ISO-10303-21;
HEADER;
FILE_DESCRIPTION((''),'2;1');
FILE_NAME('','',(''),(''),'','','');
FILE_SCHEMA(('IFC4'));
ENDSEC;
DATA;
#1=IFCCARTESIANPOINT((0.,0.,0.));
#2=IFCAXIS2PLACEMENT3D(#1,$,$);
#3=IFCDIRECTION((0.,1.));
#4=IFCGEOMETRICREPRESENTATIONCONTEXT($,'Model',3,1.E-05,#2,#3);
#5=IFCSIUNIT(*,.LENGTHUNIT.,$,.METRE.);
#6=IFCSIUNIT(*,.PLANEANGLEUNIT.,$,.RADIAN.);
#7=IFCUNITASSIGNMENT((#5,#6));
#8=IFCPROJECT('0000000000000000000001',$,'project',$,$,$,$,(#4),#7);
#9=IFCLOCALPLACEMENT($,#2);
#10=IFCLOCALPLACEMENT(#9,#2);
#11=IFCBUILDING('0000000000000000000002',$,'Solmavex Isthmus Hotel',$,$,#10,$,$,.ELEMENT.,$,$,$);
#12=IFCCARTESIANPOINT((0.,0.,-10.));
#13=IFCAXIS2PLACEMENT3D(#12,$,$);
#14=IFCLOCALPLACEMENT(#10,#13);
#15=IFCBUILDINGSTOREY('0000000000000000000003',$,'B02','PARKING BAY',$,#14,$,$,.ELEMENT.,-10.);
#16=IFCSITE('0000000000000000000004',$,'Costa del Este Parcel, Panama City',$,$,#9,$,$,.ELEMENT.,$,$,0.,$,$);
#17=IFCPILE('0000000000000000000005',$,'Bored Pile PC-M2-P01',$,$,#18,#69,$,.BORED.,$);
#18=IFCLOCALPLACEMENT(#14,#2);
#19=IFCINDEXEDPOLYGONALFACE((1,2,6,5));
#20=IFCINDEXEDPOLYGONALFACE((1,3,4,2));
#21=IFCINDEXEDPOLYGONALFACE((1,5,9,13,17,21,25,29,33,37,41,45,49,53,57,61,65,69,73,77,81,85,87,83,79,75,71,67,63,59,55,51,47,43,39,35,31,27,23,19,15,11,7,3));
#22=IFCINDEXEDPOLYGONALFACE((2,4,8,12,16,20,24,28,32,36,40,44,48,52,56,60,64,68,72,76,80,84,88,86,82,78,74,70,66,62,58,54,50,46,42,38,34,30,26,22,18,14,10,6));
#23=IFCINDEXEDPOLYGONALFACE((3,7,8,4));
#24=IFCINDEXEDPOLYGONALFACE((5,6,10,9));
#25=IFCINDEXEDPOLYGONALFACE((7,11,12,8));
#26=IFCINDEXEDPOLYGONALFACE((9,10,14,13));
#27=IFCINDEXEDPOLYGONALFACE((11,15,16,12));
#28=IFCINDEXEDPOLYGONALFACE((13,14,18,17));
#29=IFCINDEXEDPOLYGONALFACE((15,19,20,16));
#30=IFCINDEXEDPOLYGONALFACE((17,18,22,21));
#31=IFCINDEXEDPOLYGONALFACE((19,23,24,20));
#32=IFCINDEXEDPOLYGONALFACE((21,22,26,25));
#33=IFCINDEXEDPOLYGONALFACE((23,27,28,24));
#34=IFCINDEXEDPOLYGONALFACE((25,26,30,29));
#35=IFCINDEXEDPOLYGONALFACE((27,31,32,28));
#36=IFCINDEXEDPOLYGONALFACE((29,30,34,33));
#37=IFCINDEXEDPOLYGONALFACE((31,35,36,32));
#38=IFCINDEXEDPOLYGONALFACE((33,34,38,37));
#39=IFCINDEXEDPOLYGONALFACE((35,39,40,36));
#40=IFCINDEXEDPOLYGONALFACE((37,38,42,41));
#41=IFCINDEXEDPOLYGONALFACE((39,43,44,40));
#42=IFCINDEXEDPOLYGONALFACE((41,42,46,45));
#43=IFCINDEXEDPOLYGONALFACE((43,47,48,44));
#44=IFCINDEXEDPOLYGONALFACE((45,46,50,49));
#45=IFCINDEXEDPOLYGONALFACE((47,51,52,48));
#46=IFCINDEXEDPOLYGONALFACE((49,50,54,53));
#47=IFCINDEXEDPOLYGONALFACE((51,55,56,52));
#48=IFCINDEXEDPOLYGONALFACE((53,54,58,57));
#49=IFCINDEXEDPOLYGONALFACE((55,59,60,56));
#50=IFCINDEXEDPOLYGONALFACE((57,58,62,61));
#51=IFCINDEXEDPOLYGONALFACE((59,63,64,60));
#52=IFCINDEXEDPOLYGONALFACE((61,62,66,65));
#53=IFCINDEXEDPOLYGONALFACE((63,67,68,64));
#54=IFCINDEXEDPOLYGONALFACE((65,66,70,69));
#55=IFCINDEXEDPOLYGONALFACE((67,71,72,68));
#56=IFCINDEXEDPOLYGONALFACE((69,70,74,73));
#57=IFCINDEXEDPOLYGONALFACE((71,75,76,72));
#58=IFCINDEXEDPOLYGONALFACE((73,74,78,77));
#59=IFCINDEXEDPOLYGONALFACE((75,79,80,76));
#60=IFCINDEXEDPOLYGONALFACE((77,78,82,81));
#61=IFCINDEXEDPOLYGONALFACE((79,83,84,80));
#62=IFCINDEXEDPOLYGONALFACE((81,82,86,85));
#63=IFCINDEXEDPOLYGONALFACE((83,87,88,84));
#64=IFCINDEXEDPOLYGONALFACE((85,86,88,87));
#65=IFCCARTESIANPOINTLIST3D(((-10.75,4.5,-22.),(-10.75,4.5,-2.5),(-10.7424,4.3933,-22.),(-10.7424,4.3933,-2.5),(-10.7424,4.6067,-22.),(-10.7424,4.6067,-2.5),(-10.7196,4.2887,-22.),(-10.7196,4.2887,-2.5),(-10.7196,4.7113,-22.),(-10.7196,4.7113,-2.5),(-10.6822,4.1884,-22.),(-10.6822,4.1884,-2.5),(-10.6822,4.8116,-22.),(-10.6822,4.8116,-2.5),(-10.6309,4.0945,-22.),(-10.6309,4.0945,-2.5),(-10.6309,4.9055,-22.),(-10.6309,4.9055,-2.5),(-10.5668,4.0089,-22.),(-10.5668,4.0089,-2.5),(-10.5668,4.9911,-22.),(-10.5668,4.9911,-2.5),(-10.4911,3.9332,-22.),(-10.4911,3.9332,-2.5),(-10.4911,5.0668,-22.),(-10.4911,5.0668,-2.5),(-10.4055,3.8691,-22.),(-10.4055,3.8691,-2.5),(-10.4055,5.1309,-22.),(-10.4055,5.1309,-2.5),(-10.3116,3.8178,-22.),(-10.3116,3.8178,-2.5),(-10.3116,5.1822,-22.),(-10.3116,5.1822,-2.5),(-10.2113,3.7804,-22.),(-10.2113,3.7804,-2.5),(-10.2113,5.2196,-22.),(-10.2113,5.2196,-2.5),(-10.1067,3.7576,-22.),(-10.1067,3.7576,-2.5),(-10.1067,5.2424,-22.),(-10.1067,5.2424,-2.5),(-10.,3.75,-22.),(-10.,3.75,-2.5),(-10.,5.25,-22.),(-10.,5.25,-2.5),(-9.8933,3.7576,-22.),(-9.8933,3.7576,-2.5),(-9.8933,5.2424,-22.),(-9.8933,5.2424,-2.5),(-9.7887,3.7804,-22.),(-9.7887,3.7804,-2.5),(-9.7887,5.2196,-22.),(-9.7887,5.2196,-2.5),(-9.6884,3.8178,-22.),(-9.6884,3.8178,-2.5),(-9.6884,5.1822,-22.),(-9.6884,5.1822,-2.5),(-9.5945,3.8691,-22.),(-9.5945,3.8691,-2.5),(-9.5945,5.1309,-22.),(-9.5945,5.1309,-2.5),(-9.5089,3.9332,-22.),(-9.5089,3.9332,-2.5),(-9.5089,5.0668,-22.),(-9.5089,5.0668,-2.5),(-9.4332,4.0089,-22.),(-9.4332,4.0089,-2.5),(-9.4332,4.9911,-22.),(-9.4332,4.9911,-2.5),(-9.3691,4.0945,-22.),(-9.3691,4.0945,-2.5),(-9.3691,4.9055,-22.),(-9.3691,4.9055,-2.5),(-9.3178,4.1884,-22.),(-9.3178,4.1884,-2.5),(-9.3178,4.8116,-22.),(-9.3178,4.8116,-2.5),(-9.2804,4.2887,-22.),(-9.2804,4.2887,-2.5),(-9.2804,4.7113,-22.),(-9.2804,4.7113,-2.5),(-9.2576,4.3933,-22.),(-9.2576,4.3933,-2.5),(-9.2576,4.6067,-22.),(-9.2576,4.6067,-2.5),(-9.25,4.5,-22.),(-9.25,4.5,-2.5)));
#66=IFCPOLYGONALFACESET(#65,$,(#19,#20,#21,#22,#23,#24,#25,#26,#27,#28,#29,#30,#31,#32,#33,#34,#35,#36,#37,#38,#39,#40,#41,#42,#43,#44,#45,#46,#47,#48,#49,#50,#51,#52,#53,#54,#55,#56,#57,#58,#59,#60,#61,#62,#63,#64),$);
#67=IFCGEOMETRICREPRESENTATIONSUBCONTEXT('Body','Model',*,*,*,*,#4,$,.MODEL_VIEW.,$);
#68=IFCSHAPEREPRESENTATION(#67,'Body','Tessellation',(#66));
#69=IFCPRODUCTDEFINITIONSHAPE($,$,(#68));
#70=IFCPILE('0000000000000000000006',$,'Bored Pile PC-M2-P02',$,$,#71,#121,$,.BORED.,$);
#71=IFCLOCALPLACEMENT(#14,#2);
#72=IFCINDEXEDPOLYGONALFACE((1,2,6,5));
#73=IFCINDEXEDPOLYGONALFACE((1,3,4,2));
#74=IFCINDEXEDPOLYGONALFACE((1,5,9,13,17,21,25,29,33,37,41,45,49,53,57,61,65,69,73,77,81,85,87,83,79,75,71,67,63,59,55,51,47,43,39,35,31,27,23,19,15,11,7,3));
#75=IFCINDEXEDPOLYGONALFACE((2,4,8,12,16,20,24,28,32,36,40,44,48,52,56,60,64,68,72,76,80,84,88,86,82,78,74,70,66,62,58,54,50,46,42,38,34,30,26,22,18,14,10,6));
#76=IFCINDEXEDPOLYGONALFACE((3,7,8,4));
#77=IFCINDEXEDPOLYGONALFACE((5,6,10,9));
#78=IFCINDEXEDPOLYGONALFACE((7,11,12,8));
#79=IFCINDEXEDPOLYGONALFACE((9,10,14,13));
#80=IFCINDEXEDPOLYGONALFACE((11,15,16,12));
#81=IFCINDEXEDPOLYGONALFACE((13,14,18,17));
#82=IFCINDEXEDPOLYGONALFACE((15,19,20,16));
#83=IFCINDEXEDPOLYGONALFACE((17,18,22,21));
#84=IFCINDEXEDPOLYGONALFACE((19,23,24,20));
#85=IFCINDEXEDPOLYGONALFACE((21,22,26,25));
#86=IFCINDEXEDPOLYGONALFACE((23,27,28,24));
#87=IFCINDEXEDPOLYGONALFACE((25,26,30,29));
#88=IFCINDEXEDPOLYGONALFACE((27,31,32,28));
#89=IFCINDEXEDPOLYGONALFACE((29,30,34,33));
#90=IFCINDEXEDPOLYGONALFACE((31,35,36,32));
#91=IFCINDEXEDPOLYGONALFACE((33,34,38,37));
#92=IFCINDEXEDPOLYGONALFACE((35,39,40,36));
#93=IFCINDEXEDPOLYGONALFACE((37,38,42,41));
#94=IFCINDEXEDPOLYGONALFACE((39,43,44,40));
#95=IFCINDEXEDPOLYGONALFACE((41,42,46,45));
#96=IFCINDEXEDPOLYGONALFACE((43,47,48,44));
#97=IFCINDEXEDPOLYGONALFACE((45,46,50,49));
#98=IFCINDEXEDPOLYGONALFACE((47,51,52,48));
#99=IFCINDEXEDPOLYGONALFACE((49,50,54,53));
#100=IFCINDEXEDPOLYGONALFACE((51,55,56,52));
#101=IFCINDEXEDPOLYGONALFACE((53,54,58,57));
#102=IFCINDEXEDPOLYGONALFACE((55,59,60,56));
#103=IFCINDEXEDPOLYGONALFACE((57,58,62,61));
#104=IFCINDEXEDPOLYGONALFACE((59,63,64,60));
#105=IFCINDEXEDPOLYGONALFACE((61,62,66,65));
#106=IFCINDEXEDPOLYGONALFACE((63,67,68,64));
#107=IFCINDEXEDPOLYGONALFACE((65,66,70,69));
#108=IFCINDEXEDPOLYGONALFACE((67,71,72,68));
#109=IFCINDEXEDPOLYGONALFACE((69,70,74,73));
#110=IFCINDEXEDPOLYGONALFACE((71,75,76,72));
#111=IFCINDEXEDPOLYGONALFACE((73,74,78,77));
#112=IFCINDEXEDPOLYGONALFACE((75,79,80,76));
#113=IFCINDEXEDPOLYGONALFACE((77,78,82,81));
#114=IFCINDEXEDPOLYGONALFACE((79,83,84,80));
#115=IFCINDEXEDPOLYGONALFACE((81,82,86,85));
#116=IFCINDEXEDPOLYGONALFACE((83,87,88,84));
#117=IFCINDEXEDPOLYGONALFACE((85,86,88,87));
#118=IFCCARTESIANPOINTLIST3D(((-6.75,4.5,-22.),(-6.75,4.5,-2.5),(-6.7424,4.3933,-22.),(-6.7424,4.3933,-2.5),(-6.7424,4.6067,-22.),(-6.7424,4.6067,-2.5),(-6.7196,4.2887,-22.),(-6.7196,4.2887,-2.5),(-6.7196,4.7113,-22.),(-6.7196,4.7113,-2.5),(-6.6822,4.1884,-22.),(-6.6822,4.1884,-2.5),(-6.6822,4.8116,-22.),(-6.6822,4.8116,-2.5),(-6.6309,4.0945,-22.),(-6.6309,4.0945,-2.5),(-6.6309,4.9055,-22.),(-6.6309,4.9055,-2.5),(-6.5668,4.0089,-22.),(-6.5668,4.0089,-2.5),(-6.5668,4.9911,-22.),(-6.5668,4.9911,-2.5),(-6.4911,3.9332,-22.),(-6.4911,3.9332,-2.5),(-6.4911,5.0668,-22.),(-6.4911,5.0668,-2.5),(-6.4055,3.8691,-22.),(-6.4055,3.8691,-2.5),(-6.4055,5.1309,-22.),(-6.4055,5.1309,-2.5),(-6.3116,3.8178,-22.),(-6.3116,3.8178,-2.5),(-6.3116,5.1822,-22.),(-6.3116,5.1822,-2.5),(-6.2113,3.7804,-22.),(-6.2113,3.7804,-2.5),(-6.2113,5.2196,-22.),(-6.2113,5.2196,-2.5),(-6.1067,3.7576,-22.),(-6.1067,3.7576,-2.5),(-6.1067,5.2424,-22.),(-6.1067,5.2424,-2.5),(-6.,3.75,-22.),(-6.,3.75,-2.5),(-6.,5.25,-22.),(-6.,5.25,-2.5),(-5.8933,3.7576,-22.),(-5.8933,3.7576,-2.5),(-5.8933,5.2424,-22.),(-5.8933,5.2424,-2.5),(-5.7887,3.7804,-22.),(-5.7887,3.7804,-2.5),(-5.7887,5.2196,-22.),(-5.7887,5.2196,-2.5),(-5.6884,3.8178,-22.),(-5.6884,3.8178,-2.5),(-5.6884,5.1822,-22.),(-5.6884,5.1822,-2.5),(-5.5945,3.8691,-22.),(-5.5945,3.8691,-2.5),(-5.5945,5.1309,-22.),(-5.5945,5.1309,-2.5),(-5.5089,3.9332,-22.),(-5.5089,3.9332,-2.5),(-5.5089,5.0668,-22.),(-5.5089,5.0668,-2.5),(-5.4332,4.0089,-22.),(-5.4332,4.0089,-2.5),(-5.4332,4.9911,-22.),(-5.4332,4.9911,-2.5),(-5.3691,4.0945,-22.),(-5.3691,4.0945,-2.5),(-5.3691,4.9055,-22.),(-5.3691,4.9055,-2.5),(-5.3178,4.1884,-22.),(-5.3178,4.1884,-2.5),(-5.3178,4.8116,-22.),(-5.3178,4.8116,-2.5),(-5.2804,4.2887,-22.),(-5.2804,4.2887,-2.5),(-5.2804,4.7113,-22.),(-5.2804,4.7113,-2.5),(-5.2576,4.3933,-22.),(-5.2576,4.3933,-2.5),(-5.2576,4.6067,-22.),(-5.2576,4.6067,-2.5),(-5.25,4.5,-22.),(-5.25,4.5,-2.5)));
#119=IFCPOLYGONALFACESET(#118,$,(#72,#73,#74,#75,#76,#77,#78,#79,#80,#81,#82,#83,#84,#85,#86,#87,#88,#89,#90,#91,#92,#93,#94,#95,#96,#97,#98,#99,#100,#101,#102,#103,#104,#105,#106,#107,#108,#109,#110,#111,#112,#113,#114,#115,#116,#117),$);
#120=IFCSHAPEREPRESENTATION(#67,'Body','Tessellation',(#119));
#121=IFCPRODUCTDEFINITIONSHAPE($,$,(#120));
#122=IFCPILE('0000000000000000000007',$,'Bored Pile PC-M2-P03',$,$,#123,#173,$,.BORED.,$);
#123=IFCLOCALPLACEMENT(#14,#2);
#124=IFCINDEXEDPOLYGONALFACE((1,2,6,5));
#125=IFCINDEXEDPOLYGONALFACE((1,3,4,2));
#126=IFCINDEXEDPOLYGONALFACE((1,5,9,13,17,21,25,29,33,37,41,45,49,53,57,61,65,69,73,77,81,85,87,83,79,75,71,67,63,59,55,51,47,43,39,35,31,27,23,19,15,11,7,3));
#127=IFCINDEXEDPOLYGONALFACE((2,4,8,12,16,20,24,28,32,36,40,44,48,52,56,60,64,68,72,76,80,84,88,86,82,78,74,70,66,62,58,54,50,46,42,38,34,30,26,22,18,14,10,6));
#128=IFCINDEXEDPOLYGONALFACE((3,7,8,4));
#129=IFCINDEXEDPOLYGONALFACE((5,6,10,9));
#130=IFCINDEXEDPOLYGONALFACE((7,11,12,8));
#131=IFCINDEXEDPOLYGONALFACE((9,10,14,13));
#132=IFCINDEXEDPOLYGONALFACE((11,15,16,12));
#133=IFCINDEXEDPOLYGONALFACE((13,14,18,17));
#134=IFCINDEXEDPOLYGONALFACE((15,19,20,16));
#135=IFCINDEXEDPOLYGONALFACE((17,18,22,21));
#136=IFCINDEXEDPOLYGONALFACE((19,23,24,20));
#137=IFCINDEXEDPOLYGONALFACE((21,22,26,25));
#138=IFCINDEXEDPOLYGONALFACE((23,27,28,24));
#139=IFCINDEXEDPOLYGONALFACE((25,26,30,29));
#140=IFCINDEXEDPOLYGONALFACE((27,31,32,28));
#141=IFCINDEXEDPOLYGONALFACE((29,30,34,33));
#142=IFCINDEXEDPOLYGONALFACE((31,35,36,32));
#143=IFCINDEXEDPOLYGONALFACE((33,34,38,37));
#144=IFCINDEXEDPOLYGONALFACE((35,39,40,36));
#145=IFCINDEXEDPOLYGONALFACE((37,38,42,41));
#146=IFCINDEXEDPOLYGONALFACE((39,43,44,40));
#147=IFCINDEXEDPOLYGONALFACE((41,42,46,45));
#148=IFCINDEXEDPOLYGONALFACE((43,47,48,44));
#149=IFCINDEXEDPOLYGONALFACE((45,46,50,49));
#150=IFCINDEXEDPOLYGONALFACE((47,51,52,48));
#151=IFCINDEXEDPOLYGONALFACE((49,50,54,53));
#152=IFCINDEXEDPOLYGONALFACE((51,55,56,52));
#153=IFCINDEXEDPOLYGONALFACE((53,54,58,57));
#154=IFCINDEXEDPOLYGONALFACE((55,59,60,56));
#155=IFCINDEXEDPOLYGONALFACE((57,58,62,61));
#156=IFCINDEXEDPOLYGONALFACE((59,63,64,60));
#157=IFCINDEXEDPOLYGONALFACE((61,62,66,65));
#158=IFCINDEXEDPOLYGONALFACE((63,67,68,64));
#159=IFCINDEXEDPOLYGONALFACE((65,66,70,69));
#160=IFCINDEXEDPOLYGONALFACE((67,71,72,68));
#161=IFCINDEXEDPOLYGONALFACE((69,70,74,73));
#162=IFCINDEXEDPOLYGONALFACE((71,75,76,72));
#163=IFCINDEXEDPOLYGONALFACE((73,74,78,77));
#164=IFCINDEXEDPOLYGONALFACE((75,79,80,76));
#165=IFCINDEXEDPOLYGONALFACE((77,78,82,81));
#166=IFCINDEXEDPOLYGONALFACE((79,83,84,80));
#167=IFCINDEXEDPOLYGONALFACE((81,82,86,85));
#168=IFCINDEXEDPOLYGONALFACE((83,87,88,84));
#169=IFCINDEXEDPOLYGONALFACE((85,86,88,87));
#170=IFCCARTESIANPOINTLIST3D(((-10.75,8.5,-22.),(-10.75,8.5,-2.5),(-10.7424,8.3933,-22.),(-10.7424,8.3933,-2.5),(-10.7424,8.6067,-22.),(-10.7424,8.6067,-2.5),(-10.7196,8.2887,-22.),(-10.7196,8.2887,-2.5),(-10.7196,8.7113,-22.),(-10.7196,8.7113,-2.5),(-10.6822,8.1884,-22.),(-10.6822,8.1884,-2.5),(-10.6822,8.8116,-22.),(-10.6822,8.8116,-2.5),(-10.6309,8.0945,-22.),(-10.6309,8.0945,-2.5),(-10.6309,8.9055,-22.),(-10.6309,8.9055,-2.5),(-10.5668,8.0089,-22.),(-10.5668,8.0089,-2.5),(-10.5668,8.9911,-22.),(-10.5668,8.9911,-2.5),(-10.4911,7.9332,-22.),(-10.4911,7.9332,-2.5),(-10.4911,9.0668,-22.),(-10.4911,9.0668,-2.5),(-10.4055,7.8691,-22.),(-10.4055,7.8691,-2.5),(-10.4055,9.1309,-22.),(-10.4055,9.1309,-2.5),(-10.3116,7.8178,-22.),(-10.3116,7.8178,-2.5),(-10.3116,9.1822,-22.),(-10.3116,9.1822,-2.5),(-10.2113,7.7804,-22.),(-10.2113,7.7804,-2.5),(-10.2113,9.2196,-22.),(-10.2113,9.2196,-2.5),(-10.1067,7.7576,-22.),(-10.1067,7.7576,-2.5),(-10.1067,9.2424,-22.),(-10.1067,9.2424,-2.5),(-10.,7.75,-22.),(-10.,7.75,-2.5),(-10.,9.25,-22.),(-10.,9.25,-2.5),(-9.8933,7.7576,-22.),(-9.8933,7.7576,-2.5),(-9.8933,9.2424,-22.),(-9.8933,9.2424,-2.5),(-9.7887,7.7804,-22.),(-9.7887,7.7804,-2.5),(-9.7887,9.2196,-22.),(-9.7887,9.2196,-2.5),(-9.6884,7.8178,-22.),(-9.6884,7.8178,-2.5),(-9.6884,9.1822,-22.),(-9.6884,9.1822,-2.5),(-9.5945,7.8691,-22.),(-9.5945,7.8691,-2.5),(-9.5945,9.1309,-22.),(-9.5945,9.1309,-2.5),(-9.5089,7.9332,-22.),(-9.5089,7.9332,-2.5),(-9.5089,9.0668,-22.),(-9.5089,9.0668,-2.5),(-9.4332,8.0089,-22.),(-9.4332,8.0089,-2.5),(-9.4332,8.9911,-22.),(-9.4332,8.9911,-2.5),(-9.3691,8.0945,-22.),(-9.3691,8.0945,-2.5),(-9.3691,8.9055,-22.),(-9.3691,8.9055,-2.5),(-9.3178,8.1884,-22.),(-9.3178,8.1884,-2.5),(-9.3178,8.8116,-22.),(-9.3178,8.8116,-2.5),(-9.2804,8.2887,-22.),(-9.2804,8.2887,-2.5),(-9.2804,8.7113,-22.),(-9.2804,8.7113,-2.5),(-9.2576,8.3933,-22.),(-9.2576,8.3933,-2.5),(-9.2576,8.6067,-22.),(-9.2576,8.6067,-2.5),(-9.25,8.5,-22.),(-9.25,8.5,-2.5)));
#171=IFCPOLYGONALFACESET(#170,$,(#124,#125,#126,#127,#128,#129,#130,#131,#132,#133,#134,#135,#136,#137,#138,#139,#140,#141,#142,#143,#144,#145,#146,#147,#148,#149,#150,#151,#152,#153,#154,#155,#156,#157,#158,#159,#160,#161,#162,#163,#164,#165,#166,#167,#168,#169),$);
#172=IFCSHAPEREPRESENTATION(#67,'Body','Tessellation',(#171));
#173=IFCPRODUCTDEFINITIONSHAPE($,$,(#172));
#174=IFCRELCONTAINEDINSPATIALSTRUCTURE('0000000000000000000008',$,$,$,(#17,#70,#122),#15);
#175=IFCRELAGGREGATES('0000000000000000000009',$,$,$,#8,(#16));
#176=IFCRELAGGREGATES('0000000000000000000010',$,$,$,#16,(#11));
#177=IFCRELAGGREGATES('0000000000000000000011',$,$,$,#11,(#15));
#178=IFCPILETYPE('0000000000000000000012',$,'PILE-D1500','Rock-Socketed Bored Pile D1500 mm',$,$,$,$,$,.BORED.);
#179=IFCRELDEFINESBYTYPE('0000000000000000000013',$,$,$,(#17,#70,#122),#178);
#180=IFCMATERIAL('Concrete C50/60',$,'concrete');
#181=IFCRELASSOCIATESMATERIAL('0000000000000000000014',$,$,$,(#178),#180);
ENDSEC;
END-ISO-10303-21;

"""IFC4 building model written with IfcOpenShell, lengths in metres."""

from ifc_helpers import new_model, si_unit, direction, frame, origin, origin_2d, place, context, subcontext, project, spatial, circle, extrude, material, material_profile, profile_set, type_object, element, save


model = new_model("IFC4")

# Units and contexts
model_context = context("Model", 3, precision=1e-05, world=origin(), true_north=direction((0.0, 1.0)))
body_context = subcontext(model_context, "Body", "Model", "MODEL_VIEW")
ifc_project = project(units=[si_unit("LENGTHUNIT", "METRE"), si_unit("PLANEANGLEUNIT", "RADIAN")], contexts=[model_context])

# Site, building, storey
site_placement = place(None, origin())
site = spatial("IfcSite", under=ifc_project, at=site_placement, Name="Costa del Este Parcel, Panama City", CompositionType="ELEMENT", RefElevation=0.0)
building_placement = place(site_placement, origin())
building = spatial("IfcBuilding", under=site, at=building_placement, Name="Solmavex Isthmus Hotel", CompositionType="ELEMENT")
storey_placement = place(building_placement, frame((0.0, 0.0, -10.0)))
storey = spatial("IfcBuildingStorey", under=building, at=storey_placement, Name="B02", Description="PARKING BAY", CompositionType="ELEMENT", Elevation=-10.0)

# Shared definitions
ifc_material_1 = material(Name="Concrete C50/60", Category="concrete")

# Piles
ifc_material_profile_1 = material_profile(ifc_material_1, circle(Radius=0.75, at=origin_2d()), Name="PILE1500")
ifc_profile_set_1 = profile_set([ifc_material_profile_1], Name="Concrete C50/60")
pile_type = type_object("IfcPileType", Name="PILE-D1500", Description="Rock-Socketed Bored Pile D1500 mm", PredefinedType="BORED", material=ifc_profile_set_1)
for number, where, z_axis, x_axis, name in (
    (1, (-10.0, 4.5, -2.5), (0.0, 0.0, -1.0), (1.0, 0.0, 0.0), "Bored Pile PC-M2-P01"),
    (2, (-6.0, 4.5, -2.5), (0.0, 0.0, -1.0), (1.0, 0.0, 0.0), "Bored Pile PC-M2-P02"),
    (3, (-10.0, 8.5, -2.5), (0.0, 0.0, -1.0), (1.0, 0.0, 0.0), "Bored Pile PC-M2-P03"),
):
    element("IfcPile", number, at=place(storey_placement, frame(where, z_axis=z_axis, x_axis=x_axis)), inside=storey, type_object=pile_type, Name=name, PredefinedType="BORED", context=body_context, shape_type="SweptSolid", body=[
        extrude(circle(Radius=0.75, at=origin_2d()), origin(), (0.0, 0.0, 1.0), 19.5),
    ])

save(model, "model.ifc")
